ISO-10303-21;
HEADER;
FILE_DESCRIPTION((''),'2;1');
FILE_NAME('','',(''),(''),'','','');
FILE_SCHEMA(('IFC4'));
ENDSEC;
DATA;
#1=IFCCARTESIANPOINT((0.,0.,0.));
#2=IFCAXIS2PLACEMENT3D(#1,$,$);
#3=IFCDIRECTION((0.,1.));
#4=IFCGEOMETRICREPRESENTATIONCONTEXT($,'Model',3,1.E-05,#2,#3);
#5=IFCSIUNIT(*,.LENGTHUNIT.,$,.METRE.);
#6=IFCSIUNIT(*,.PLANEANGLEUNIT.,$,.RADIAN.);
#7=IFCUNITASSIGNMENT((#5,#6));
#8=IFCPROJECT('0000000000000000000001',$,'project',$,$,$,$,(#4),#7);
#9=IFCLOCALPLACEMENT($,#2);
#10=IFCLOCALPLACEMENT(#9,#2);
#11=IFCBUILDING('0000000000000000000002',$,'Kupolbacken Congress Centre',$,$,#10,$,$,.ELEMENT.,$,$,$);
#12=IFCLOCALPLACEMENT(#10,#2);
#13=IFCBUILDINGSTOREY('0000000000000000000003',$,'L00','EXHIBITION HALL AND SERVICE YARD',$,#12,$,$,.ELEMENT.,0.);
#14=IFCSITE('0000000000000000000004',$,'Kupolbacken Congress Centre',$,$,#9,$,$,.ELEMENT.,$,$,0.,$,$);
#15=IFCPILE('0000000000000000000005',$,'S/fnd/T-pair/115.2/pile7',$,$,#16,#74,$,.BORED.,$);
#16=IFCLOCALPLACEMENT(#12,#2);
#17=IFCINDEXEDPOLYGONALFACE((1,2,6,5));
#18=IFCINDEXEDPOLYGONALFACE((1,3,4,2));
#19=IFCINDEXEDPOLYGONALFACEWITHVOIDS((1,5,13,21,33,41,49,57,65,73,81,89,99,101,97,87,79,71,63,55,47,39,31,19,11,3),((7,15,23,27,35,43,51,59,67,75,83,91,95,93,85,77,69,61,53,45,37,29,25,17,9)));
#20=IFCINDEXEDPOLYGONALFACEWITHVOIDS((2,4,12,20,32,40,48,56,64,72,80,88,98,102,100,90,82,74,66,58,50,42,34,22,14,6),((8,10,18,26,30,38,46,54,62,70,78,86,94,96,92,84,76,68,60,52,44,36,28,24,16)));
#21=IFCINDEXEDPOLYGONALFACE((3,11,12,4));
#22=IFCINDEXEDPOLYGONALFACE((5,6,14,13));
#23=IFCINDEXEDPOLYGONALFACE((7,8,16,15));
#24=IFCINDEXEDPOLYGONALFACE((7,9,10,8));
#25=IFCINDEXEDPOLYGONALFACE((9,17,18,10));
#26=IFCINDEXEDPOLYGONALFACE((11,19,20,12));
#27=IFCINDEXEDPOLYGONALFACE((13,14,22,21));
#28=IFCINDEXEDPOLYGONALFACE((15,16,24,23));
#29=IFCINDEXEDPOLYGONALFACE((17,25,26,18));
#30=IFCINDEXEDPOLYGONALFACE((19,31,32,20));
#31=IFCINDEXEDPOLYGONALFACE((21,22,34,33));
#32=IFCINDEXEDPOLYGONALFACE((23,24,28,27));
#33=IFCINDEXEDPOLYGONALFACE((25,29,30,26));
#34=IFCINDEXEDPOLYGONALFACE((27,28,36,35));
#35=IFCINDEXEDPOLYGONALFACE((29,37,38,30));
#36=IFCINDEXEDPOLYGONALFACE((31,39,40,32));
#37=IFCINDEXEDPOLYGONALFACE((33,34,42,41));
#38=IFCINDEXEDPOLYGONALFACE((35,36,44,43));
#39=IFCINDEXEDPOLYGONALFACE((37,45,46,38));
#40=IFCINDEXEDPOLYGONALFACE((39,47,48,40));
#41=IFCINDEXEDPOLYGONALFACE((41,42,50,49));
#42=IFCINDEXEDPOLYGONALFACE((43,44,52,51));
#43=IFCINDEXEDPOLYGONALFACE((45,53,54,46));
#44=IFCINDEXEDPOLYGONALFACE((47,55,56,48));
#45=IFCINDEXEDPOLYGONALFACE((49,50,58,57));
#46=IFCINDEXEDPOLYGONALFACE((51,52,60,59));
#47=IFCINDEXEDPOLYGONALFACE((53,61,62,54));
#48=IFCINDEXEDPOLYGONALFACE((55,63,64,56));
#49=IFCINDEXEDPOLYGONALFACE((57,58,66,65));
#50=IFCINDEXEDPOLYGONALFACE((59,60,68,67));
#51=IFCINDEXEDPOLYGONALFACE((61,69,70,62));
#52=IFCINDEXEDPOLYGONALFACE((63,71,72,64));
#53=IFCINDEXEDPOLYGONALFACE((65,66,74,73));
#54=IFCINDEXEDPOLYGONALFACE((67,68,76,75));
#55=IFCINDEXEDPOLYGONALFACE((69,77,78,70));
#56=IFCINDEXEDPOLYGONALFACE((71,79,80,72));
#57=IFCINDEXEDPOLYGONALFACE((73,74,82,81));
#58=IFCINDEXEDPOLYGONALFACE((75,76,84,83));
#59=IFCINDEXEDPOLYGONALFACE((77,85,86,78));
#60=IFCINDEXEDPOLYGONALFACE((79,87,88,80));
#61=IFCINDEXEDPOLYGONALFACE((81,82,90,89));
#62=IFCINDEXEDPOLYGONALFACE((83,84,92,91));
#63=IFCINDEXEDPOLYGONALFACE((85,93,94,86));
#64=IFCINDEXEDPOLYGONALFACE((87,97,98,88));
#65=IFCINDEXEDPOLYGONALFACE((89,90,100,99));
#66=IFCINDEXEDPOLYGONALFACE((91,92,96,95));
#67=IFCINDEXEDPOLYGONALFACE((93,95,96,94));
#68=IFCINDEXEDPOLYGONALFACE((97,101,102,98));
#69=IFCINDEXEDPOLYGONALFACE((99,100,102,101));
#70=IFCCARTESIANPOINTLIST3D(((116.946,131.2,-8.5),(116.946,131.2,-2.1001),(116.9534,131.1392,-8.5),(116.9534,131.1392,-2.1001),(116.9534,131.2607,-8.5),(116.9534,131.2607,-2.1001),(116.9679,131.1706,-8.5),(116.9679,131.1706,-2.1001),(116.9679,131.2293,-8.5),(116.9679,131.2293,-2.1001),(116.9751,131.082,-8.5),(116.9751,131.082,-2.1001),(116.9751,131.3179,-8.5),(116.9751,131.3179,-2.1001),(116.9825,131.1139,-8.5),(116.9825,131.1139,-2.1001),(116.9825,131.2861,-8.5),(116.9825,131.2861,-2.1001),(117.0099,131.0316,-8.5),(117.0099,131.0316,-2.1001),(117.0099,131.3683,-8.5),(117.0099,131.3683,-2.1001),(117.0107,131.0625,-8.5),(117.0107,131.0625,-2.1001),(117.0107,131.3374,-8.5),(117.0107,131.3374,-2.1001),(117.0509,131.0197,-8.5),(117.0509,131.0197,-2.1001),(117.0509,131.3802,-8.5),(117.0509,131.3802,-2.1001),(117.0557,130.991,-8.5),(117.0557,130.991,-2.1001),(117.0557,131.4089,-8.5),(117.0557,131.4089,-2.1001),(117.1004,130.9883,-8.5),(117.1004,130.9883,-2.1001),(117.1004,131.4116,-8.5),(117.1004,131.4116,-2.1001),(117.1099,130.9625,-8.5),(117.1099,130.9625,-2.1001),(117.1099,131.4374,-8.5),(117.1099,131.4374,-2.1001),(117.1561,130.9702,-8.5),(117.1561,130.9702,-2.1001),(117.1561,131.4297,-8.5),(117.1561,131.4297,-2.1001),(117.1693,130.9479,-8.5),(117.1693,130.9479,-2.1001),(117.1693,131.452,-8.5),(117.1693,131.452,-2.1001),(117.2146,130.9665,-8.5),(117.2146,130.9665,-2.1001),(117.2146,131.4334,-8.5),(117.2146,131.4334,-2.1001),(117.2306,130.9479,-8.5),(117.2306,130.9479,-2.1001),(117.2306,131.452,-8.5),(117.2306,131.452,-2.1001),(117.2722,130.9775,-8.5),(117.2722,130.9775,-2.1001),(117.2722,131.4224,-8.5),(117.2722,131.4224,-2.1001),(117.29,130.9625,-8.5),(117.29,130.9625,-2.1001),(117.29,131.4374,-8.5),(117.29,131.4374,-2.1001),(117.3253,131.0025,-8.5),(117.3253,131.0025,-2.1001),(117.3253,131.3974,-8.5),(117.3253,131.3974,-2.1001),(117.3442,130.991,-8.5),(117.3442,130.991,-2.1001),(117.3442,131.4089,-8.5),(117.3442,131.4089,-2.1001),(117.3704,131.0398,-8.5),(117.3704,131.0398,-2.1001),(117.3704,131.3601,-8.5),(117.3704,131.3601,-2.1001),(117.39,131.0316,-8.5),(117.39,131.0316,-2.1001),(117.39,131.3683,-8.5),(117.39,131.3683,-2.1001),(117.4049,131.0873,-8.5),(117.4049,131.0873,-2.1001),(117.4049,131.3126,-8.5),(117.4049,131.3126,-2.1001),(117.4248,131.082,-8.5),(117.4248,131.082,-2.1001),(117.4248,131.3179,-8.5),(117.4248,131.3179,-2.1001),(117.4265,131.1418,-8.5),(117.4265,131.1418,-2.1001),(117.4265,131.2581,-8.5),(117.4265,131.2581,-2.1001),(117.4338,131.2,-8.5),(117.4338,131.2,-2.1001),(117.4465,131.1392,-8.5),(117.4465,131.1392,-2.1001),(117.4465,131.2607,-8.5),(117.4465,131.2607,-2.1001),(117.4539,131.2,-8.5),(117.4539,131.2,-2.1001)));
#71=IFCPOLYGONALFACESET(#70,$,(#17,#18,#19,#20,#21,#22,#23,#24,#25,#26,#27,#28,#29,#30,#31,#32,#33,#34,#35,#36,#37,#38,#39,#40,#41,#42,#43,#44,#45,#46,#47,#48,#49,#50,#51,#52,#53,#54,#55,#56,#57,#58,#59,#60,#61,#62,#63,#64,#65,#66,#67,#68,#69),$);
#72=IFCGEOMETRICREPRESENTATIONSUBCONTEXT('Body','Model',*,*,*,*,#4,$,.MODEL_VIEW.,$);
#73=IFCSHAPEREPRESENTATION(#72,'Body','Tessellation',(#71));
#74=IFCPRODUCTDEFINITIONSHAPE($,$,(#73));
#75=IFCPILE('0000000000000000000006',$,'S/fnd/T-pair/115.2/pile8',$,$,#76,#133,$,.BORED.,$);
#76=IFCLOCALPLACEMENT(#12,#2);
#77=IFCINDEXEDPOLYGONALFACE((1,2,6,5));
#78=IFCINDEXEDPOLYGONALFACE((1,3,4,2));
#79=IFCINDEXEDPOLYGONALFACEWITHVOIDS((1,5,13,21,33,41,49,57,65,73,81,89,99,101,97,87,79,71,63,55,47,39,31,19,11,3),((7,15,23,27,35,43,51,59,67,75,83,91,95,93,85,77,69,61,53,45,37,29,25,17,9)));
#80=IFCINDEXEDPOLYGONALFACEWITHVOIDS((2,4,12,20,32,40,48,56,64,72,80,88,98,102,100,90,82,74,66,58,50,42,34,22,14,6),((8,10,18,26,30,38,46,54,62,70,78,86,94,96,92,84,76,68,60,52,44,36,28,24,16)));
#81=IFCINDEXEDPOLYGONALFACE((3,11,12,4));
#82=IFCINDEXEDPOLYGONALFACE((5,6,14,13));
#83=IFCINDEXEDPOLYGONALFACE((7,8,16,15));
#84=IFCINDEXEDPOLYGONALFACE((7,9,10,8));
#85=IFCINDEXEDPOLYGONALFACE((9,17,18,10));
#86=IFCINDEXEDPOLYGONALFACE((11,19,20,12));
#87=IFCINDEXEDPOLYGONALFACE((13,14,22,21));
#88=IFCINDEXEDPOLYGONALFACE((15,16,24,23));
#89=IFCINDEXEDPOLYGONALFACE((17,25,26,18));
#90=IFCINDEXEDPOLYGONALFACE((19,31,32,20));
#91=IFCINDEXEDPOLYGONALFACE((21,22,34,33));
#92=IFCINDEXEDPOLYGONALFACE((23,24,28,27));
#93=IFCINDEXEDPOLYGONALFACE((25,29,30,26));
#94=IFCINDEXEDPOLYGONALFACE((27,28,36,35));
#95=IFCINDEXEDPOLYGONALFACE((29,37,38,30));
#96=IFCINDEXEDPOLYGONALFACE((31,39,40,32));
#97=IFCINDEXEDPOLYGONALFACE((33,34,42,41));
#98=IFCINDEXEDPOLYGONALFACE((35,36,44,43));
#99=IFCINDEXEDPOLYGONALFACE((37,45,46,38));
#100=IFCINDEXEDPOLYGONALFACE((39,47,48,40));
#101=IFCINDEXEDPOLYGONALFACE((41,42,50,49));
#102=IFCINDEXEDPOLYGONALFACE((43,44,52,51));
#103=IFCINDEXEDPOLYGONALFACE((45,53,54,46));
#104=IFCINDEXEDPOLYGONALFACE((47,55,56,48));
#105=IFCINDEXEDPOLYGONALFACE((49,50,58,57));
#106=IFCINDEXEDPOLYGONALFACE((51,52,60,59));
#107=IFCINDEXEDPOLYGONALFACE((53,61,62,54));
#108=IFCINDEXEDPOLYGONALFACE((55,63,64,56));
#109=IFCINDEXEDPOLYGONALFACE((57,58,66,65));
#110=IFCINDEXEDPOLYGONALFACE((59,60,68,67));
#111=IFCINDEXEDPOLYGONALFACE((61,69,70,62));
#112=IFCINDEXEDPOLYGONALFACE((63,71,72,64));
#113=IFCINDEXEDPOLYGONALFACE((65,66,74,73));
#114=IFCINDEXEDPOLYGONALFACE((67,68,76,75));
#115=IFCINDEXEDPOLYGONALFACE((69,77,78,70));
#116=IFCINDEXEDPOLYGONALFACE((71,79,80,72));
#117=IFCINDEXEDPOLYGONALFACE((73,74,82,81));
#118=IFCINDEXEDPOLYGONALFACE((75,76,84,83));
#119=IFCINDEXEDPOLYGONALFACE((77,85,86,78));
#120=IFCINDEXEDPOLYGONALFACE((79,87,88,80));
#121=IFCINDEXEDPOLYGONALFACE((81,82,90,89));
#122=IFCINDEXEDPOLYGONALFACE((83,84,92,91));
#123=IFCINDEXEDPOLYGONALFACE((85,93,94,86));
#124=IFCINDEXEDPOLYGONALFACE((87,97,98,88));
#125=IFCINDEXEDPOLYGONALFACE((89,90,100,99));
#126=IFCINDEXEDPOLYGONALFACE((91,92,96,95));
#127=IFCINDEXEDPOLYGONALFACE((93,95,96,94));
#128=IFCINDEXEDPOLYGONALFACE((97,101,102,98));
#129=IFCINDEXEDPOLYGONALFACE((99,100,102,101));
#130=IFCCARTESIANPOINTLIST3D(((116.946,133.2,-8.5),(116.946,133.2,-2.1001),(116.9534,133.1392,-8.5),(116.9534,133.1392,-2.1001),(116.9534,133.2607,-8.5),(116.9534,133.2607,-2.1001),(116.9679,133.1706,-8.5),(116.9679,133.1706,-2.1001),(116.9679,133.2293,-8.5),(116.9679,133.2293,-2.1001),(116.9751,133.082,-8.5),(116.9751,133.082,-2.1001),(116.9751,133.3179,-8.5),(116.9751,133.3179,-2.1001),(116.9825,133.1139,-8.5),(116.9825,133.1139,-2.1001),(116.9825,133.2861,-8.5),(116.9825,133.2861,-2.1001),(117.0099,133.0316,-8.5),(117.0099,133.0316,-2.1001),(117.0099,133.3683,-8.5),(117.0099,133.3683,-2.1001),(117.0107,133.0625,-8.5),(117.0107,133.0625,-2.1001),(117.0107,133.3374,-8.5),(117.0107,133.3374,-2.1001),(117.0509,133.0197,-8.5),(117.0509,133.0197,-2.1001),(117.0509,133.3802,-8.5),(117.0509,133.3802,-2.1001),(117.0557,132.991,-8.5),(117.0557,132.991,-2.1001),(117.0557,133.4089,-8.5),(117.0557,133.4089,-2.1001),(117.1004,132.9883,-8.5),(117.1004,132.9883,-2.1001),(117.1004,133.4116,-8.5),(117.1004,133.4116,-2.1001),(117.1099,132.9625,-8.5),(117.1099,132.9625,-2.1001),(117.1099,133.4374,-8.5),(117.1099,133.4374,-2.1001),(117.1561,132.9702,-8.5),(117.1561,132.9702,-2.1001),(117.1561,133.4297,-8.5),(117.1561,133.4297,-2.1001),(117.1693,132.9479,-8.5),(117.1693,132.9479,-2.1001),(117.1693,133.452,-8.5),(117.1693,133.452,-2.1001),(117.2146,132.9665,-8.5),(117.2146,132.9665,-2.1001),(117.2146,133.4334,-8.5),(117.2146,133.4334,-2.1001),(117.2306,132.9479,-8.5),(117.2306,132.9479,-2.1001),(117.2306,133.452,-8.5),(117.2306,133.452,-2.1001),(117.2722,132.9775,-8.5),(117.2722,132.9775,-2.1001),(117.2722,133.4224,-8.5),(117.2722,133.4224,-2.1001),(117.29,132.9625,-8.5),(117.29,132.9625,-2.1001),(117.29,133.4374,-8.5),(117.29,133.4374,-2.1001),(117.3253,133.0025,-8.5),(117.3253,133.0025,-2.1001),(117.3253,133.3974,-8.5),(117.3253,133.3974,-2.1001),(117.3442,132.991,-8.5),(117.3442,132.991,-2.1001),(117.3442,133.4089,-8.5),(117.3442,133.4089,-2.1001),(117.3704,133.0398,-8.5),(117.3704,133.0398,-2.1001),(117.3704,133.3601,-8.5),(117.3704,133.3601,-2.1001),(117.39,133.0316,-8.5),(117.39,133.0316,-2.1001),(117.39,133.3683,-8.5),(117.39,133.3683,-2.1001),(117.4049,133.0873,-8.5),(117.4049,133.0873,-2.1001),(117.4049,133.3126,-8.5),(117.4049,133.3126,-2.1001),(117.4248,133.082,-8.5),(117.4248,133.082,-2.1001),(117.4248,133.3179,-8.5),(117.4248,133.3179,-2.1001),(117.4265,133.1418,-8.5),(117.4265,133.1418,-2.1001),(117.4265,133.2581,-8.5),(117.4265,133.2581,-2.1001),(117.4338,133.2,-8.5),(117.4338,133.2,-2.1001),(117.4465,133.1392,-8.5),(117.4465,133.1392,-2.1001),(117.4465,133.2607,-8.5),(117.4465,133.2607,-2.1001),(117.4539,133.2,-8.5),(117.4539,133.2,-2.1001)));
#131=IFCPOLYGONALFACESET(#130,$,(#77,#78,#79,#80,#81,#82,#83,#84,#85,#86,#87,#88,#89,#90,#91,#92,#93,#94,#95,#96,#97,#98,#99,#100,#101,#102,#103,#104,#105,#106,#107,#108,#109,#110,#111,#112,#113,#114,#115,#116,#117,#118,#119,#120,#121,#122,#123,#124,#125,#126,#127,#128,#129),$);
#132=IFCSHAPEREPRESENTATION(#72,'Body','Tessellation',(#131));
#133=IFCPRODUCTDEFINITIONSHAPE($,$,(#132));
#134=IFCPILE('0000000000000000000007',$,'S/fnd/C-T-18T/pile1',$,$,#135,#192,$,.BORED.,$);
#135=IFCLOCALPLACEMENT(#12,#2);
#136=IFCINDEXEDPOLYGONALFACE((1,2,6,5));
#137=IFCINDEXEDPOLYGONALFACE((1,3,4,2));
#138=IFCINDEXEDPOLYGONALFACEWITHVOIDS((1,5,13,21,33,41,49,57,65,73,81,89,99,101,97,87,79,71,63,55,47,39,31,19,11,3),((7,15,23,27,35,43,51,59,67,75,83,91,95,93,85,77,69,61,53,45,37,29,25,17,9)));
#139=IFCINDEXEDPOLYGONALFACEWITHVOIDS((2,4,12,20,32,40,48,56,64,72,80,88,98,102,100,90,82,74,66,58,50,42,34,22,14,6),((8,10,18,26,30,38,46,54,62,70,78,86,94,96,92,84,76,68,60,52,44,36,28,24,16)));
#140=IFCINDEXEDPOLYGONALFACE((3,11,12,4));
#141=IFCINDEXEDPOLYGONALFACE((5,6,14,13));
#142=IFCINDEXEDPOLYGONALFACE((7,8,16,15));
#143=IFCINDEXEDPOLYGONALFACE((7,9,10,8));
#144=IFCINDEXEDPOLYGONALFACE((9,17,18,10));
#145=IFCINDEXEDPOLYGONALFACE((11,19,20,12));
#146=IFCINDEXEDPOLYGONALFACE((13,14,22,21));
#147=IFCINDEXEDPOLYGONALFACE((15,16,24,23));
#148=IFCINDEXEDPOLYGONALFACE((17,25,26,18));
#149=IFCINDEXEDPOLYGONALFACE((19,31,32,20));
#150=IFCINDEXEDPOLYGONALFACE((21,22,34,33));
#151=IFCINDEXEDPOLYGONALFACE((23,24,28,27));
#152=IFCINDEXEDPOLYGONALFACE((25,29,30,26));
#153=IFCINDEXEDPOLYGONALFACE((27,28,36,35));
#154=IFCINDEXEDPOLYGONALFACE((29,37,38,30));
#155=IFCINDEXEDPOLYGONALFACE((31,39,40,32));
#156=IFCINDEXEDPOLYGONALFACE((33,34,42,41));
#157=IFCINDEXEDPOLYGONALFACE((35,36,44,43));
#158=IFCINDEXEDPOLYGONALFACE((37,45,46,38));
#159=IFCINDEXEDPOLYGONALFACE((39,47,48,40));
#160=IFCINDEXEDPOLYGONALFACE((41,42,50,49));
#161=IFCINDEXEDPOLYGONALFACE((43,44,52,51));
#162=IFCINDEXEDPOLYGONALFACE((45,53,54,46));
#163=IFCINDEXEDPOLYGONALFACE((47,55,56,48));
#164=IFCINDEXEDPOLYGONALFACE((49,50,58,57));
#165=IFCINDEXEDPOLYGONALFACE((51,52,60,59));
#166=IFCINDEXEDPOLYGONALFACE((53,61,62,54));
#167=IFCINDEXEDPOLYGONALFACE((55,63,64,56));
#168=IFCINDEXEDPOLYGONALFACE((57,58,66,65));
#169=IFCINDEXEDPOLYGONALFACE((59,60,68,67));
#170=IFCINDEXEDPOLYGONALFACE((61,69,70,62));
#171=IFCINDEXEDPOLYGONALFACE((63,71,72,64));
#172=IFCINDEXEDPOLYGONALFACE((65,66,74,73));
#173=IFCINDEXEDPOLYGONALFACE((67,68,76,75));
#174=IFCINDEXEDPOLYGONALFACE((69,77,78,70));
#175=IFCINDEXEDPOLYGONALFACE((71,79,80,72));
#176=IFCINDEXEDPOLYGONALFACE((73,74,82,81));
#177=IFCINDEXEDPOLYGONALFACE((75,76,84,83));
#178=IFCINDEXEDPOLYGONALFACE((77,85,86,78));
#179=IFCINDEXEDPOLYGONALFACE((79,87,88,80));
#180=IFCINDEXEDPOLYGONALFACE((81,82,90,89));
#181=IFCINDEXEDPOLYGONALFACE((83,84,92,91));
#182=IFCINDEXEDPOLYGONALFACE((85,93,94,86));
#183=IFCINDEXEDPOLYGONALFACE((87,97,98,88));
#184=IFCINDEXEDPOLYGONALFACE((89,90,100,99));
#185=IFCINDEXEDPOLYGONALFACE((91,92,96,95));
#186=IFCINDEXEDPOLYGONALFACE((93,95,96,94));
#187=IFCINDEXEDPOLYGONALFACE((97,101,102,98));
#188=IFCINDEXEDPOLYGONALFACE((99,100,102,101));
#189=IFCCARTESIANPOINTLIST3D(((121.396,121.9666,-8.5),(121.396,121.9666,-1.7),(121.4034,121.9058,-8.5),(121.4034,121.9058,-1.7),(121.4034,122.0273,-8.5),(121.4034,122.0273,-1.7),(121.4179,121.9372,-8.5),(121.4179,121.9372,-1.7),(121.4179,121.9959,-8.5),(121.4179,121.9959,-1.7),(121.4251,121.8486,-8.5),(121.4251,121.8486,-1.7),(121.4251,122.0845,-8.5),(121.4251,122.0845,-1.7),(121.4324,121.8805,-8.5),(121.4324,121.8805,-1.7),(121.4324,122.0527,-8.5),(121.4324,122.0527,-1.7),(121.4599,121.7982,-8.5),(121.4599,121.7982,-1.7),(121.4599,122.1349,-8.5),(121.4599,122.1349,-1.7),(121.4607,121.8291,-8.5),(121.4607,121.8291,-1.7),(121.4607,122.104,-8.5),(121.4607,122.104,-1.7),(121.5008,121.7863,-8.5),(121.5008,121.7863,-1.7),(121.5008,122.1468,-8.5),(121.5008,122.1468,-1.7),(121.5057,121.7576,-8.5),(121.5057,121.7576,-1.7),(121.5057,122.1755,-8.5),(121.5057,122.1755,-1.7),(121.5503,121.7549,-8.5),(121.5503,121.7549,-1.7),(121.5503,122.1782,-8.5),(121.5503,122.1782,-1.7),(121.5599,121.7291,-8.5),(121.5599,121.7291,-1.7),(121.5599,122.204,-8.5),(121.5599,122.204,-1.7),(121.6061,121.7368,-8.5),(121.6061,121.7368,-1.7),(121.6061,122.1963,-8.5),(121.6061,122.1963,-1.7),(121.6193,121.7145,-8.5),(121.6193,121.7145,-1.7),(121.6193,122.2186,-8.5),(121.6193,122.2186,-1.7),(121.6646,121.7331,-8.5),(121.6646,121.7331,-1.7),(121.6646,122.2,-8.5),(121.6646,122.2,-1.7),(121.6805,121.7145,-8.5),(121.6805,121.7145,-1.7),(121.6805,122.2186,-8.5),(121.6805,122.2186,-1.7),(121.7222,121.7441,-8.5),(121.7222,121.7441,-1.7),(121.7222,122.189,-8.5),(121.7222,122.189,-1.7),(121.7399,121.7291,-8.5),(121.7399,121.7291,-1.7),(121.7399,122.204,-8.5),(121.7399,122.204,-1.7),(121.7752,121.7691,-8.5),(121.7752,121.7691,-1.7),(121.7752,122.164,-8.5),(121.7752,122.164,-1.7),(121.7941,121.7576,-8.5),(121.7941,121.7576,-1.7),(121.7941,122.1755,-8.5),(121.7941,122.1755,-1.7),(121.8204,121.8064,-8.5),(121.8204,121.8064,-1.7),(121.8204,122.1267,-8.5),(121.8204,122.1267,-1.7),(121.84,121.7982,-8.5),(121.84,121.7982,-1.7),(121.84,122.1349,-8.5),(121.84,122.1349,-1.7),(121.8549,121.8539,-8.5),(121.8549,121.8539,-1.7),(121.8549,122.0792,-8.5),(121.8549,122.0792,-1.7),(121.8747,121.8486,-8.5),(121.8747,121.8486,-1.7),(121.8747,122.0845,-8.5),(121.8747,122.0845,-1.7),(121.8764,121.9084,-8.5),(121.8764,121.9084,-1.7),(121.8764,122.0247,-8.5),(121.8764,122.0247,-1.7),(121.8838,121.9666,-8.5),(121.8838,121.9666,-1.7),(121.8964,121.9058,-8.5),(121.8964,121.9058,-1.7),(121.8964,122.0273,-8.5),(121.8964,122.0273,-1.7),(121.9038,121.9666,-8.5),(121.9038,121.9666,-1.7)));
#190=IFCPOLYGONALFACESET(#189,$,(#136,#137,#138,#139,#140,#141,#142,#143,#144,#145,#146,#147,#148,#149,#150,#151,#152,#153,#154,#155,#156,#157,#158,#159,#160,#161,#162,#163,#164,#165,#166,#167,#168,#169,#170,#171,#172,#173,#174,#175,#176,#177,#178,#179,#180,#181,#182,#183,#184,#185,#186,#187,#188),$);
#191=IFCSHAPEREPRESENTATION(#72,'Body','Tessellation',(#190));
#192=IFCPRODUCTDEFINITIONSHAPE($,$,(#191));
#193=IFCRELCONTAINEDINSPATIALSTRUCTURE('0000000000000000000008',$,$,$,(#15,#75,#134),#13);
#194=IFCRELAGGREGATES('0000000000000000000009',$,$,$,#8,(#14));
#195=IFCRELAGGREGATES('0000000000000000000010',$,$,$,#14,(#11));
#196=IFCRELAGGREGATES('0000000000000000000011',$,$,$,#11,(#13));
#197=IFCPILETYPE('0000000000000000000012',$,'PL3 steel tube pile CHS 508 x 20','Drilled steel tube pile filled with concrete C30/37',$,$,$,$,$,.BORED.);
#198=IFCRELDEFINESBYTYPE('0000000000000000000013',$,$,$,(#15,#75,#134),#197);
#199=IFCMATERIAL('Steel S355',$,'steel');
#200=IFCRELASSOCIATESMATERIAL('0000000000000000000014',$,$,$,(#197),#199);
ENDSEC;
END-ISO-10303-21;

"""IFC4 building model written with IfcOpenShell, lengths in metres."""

from ifc_helpers import new_model, si_unit, direction, frame, origin, origin_2d, place, context, subcontext, project, spatial, hollow_circle, extrude, material, material_profile, profile_set, type_object, element, save


model = new_model("IFC4")

# Units and contexts
model_context = context("Model", 3, precision=1e-05, world=origin(), true_north=direction((0.0, 1.0)))
body_context = subcontext(model_context, "Body", "Model", "MODEL_VIEW")
ifc_project = project(units=[si_unit("LENGTHUNIT", "METRE"), si_unit("PLANEANGLEUNIT", "RADIAN")], contexts=[model_context])

# Site, building, storey
site_placement = place(None, origin())
site = spatial("IfcSite", under=ifc_project, at=site_placement, Name="Kupolbacken Congress Centre", CompositionType="ELEMENT", RefElevation=0.0)
building_placement = place(site_placement, origin())
building = spatial("IfcBuilding", under=site, at=building_placement, Name="Kupolbacken Congress Centre", CompositionType="ELEMENT")
storey_placement = place(building_placement, origin())
storey = spatial("IfcBuildingStorey", under=building, at=storey_placement, Name="L00", Description="EXHIBITION HALL AND SERVICE YARD", CompositionType="ELEMENT", Elevation=0.0)

# Piles
ifc_material_1 = material(Name="Steel S355", Category="steel")
ifc_material_profile_1 = material_profile(ifc_material_1, hollow_circle(Radius=0.2539, WallThickness=0.02, at=origin_2d()), Name="CHS 508 x 20")
ifc_profile_set_1 = profile_set([ifc_material_profile_1], Name="Steel S355")
pile_type_1 = type_object("IfcPileType", Name="PL3 steel tube pile CHS 508 x 20", Description="Drilled steel tube pile filled with concrete C30/37", PredefinedType="BORED", material=ifc_profile_set_1)
for number, where, z_axis, x_axis, name in (
    (1, (117.2, 131.2, -2.1001), (0.0, 0.0, -1.0), (1.0, 0.0, 0.0), "S/fnd/T-pair/115.2/pile7"),
    (2, (117.2, 133.2, -2.1001), (0.0, 0.0, -1.0), (1.0, 0.0, 0.0), "S/fnd/T-pair/115.2/pile8"),
):
    element("IfcPile", number, at=place(storey_placement, frame(where, z_axis=z_axis, x_axis=x_axis)), inside=storey, type_object=pile_type_1, Name=name, PredefinedType="BORED", context=body_context, shape_type="SweptSolid", body=[
        extrude(hollow_circle(Radius=0.2539, WallThickness=0.02, at=origin_2d()), origin(), (0.0, 0.0, 1.0), 6.3999),
    ])
pile_1_placement = place(storey_placement, frame((121.6499, 121.9666, -1.7), z_axis=(0.0, 0.0, -1.0), x_axis=(1.0, 0.0, 0.0)))
element("IfcPile", 3, at=pile_1_placement, inside=storey, type_object=pile_type_1, Name="S/fnd/C-T-18T/pile1", PredefinedType="BORED", context=body_context, shape_type="SweptSolid", body=[
    extrude(hollow_circle(Radius=0.2539, WallThickness=0.02, at=origin_2d()), origin(), (0.0, 0.0, 1.0), 6.8),
])

save(model, "model.ifc")
